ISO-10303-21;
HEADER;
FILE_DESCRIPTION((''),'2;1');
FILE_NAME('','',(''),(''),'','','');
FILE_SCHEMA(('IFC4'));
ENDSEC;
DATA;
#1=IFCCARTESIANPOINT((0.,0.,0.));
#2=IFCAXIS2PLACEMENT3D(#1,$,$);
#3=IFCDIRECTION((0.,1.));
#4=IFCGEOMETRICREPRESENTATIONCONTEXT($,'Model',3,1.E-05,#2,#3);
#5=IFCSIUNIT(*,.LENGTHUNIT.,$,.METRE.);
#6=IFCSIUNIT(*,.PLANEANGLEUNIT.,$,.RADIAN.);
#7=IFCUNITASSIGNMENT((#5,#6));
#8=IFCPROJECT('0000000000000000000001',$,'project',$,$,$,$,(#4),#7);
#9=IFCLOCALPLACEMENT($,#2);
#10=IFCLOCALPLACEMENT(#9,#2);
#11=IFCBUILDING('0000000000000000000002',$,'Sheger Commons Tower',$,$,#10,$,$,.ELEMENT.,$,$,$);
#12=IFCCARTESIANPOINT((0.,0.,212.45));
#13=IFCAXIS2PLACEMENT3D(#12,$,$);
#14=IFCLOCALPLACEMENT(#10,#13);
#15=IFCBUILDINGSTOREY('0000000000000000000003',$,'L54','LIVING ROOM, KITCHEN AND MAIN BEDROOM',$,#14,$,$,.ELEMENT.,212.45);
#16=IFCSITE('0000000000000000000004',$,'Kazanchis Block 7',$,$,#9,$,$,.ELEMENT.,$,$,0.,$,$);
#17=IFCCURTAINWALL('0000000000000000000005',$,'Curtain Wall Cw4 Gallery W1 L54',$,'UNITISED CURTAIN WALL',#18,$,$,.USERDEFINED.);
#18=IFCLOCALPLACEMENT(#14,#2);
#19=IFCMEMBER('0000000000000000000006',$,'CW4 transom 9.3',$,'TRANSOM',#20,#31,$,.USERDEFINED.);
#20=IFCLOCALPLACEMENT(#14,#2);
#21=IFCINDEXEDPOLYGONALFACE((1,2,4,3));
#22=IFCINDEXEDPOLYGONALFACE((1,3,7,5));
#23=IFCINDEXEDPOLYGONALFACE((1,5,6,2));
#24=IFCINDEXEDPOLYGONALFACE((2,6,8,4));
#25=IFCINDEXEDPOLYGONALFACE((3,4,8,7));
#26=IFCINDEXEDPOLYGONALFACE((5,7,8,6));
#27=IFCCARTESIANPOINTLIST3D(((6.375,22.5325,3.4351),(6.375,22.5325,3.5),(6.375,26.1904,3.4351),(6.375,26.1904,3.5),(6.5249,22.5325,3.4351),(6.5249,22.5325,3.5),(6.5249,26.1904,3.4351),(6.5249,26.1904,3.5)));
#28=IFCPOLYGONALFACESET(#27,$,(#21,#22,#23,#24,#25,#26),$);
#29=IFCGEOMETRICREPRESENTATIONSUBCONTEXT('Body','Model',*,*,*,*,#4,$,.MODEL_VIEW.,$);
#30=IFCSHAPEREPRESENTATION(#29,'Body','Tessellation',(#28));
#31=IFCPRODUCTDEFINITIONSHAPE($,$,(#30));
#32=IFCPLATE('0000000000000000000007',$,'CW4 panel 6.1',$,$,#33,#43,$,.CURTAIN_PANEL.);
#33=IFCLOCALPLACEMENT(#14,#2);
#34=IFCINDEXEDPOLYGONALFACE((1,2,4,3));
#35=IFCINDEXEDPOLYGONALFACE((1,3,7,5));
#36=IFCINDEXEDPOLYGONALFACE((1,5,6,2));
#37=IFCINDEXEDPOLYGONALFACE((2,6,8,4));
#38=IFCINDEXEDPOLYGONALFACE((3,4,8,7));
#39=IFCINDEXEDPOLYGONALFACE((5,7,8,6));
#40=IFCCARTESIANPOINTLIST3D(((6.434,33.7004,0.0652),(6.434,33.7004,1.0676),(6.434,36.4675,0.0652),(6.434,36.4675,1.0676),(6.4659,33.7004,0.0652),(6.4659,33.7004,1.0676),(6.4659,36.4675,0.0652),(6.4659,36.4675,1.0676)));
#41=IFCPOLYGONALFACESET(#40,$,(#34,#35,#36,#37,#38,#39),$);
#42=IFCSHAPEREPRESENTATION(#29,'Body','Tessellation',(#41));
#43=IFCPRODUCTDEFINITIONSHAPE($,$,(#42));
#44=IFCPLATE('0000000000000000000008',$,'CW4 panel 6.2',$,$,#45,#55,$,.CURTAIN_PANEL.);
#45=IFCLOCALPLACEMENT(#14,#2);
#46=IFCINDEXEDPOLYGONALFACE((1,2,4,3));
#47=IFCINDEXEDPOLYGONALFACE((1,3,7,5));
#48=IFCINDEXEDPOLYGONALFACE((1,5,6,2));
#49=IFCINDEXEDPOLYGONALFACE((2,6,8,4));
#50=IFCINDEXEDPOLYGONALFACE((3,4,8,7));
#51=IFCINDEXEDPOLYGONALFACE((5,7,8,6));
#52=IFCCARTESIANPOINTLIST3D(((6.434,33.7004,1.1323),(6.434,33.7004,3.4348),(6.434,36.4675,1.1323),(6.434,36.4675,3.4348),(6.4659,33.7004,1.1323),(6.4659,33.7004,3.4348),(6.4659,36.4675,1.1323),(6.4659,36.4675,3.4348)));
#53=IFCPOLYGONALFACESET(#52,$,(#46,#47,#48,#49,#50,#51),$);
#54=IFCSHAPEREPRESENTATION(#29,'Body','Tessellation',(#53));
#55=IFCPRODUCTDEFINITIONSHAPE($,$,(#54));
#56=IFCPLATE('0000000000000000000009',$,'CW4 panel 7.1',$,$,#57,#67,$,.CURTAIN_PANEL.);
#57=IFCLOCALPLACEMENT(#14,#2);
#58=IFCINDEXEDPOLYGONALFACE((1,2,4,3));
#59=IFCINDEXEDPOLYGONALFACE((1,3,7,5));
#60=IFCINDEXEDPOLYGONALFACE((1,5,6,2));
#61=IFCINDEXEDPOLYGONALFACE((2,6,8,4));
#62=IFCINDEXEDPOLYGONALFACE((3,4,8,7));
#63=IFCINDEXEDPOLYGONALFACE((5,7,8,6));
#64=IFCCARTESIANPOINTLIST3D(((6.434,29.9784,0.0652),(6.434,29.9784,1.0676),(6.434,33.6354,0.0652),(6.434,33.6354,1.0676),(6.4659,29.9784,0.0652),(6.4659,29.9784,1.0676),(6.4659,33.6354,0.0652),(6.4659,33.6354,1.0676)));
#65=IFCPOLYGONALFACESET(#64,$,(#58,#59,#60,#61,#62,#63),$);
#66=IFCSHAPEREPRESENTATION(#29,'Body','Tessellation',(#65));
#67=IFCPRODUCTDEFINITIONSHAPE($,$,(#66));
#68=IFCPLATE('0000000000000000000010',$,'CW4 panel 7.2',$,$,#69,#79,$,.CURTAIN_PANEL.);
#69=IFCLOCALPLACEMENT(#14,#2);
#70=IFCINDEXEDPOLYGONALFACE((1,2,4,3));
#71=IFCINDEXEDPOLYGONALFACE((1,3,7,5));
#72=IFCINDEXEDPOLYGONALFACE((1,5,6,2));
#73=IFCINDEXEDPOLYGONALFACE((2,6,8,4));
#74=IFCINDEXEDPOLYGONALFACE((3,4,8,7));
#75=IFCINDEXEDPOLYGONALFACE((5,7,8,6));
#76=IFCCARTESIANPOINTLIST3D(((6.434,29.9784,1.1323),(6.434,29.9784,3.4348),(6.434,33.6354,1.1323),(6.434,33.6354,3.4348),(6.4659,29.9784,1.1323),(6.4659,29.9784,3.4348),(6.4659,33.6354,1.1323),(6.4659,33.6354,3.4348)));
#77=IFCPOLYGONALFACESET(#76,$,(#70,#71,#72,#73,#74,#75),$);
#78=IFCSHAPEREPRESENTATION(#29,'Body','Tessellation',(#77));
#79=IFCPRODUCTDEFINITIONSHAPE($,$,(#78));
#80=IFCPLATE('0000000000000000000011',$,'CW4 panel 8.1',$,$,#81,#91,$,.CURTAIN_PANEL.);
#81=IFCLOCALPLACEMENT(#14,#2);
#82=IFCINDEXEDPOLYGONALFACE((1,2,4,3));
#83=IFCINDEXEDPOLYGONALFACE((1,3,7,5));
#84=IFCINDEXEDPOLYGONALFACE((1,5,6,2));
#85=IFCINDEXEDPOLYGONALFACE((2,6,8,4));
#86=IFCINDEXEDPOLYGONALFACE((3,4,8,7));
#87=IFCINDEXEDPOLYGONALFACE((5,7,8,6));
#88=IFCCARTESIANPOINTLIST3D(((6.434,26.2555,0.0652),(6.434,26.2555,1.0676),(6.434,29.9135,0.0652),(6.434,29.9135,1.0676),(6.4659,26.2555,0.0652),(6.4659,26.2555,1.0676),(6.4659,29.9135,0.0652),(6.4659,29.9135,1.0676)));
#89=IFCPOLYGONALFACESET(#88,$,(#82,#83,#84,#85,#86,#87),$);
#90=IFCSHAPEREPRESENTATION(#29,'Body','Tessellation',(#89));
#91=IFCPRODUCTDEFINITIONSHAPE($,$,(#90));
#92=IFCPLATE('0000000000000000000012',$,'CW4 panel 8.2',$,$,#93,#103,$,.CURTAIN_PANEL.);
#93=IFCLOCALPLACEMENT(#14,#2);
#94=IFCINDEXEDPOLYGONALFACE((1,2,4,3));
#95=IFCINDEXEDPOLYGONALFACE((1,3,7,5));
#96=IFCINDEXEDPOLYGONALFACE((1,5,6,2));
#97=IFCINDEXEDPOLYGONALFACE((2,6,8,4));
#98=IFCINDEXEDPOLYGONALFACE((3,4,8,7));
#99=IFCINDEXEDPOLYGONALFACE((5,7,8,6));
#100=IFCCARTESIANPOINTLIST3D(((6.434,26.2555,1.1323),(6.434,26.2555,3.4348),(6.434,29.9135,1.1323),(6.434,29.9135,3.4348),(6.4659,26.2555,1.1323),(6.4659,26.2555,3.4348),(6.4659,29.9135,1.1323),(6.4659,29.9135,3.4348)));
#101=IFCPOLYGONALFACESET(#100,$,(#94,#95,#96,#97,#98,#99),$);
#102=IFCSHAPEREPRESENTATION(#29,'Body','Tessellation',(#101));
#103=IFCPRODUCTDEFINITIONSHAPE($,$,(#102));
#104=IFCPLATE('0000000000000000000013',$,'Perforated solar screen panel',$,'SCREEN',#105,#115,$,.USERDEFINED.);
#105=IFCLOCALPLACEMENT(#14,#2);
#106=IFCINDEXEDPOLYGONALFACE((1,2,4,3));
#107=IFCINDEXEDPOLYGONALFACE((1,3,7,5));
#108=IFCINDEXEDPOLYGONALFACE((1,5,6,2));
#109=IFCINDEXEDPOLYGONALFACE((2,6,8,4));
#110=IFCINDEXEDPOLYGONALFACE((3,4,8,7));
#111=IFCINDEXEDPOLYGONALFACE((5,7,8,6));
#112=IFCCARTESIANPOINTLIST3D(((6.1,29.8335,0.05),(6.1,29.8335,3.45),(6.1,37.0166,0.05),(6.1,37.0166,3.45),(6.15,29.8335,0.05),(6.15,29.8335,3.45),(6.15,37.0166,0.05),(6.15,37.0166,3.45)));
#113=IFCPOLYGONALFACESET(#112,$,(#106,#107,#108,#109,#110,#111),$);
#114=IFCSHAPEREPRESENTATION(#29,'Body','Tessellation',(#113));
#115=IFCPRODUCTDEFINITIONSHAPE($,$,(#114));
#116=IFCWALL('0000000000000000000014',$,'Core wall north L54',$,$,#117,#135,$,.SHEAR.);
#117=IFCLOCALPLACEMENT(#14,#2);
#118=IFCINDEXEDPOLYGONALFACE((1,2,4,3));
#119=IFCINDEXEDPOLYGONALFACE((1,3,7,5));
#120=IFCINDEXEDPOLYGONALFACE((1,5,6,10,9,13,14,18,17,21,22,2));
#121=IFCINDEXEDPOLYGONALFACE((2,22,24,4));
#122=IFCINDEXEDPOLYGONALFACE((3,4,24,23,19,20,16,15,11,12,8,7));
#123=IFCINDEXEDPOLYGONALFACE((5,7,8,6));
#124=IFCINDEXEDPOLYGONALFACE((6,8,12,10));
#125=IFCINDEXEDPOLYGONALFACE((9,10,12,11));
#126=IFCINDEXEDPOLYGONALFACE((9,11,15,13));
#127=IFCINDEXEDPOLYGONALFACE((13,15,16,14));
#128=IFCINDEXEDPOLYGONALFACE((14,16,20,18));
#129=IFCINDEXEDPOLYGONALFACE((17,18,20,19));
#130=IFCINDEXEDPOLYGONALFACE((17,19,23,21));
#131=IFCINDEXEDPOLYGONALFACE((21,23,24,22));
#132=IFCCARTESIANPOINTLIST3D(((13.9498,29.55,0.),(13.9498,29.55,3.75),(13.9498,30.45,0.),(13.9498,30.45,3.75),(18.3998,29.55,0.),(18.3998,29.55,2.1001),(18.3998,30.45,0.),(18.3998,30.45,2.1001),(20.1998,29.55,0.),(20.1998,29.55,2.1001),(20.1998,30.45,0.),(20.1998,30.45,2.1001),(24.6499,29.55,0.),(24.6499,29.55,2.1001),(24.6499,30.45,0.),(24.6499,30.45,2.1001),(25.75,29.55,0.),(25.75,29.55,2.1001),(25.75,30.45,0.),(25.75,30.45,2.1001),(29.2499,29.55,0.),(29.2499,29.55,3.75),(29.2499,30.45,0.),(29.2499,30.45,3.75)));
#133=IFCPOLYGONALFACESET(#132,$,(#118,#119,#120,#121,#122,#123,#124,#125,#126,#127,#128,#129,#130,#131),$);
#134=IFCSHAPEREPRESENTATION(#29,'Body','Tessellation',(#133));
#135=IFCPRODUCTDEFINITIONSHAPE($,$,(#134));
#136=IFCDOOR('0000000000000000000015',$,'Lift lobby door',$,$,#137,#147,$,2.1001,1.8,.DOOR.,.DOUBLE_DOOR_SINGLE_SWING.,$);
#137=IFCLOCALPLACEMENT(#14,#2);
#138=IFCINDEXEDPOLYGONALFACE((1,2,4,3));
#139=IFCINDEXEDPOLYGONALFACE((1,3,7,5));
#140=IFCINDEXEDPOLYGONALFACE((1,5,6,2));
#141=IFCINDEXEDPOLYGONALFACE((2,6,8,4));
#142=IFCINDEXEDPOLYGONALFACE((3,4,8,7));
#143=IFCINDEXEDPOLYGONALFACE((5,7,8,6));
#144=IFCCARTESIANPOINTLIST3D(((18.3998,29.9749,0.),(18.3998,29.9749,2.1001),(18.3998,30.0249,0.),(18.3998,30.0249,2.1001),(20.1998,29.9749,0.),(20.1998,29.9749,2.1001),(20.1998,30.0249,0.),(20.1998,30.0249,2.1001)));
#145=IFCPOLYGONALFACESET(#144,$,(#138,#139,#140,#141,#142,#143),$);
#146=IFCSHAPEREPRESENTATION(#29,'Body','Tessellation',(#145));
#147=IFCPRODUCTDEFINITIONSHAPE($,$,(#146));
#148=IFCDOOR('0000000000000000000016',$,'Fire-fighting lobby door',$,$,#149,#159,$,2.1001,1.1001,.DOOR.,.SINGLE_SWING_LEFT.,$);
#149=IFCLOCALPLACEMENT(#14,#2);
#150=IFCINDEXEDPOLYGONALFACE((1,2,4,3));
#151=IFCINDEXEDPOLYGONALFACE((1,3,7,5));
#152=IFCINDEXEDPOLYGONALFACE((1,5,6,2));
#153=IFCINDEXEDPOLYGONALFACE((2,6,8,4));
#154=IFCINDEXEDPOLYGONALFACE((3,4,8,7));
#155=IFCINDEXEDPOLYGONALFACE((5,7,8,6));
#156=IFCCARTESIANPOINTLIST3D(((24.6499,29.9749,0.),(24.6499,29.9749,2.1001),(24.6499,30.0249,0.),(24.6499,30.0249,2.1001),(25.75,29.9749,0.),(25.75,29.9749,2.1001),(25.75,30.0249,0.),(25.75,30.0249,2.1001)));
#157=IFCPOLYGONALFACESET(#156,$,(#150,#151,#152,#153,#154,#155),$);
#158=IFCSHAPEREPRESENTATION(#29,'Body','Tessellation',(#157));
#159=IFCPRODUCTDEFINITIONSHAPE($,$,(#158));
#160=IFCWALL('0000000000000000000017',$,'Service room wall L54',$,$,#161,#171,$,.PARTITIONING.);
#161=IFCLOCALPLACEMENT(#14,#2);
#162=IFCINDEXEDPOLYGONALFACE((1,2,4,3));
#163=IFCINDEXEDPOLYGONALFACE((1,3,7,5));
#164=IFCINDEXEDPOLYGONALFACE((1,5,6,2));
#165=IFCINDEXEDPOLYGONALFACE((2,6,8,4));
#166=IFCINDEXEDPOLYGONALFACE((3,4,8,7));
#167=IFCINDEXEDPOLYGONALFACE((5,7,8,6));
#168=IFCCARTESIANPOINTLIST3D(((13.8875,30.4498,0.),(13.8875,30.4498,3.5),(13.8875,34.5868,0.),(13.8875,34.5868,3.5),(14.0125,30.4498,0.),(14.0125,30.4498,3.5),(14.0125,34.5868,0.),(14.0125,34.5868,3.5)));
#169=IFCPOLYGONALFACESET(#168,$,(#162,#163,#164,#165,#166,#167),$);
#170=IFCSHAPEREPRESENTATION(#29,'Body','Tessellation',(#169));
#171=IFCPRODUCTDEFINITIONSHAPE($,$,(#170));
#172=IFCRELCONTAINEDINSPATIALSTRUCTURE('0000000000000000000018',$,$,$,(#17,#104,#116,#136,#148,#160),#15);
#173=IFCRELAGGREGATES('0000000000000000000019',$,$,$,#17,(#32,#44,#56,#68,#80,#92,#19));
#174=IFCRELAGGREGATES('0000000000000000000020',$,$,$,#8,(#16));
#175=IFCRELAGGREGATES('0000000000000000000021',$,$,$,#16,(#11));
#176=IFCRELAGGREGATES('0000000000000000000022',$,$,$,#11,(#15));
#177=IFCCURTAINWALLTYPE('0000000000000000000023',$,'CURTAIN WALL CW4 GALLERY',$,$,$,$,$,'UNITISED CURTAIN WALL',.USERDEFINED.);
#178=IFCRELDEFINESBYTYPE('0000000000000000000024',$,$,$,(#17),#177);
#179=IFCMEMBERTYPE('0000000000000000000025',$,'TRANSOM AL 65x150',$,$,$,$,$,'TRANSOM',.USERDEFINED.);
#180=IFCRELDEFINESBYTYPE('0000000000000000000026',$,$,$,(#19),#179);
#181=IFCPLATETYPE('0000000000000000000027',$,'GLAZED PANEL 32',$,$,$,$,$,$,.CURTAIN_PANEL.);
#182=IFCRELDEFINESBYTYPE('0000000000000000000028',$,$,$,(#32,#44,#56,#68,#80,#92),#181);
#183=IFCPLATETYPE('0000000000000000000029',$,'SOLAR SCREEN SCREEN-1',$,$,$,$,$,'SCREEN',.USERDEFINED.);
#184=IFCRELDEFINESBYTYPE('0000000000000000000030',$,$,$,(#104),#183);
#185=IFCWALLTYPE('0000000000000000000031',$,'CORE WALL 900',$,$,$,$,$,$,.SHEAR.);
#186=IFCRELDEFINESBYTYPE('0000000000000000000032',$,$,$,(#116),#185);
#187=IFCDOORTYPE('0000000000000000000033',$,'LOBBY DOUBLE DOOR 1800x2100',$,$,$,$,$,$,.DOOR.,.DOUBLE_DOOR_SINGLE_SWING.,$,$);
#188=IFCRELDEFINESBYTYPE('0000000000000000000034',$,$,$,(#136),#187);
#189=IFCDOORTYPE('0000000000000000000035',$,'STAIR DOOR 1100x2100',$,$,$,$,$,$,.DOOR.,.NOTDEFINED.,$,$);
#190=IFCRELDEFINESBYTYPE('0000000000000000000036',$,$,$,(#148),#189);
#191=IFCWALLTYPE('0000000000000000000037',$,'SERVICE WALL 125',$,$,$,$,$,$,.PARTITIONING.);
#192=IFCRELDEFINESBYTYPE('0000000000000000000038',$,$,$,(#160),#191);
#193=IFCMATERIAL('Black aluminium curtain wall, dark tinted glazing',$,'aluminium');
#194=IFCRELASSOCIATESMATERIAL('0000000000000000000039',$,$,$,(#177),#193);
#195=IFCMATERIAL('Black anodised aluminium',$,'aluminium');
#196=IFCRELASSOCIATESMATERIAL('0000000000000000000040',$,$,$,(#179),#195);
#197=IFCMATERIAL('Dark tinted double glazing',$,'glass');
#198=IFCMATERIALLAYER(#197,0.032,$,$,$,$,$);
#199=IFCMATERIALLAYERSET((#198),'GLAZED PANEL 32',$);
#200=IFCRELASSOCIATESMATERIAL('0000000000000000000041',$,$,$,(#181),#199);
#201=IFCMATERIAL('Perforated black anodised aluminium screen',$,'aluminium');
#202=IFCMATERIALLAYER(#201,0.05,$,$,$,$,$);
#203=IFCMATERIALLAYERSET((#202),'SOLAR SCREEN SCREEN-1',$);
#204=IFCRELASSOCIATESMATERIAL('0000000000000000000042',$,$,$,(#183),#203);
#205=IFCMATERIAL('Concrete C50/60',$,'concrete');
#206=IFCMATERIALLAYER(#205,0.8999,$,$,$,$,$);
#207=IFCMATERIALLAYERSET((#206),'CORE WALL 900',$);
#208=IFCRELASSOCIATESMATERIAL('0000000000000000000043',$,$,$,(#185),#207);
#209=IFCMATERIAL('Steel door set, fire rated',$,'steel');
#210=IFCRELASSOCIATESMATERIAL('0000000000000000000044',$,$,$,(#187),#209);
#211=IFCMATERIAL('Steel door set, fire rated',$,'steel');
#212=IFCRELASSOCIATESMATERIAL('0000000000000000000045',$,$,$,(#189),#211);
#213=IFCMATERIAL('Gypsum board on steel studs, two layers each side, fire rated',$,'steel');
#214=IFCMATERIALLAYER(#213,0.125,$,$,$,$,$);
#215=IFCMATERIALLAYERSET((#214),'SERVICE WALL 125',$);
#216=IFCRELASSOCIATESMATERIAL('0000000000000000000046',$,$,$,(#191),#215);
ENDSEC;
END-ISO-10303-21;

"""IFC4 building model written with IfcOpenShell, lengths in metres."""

from ifc_helpers import new_model, si_unit, direction, frame, frame_2d, origin, origin_2d, place, context, subcontext, project, spatial, rectangle, extrude, material, layer, layer_set, material_profile, profile_set, type_object, element, fill, aggregate, save


model = new_model("IFC4")

# Units and contexts
model_context = context("Model", 3, precision=1e-05, world=origin(), true_north=direction((0.0, 1.0)))
body_context = subcontext(model_context, "Body", "Model", "MODEL_VIEW")
ifc_project = project(units=[si_unit("LENGTHUNIT", "METRE"), si_unit("PLANEANGLEUNIT", "RADIAN")], contexts=[model_context])

# Site, building, storey
site_placement = place(None, origin())
site = spatial("IfcSite", under=ifc_project, at=site_placement, Name="Kazanchis Block 7", CompositionType="ELEMENT", RefElevation=0.0)
building_placement = place(site_placement, origin())
building = spatial("IfcBuilding", under=site, at=building_placement, Name="Sheger Commons Tower", CompositionType="ELEMENT")
storey_placement = place(building_placement, frame((0.0, 0.0, 212.45)))
storey = spatial("IfcBuildingStorey", under=building, at=storey_placement, Name="L54", Description="LIVING ROOM, KITCHEN AND MAIN BEDROOM", CompositionType="ELEMENT", Elevation=212.45)

# Curtain wall
ifc_material_1 = material(Name="Black aluminium curtain wall, dark tinted glazing", Category="aluminium")
curtain_wall_type = type_object("IfcCurtainWallType", Name="CURTAIN WALL CW4 GALLERY", ElementType="UNITISED CURTAIN WALL", PredefinedType="USERDEFINED", material=ifc_material_1)
curtain_wall_placement = place(storey_placement, origin())
curtain_wall = element("IfcCurtainWall", 1, at=curtain_wall_placement, inside=storey, type_object=curtain_wall_type, Name="Curtain Wall Cw4 Gallery W1 L54", ObjectType="UNITISED CURTAIN WALL", PredefinedType="USERDEFINED")

# Member
ifc_material_2 = material(Name="Black anodised aluminium", Category="aluminium")
ifc_material_profile_1 = material_profile(ifc_material_2, rectangle(XDim=0.1499, YDim=0.0649, at=origin_2d()), Name="AL 65x150")
ifc_profile_set_1 = profile_set([ifc_material_profile_1], Name="Black anodised aluminium")
member_type_1 = type_object("IfcMemberType", Name="TRANSOM AL 65x150", ElementType="TRANSOM", PredefinedType="USERDEFINED", material=ifc_profile_set_1)
member_1_placement = place(storey_placement, frame((6.45, 26.1904, 3.4675), z_axis=(0.0, -1.0, 0.0), x_axis=(1.0, 0.0, 0.0)))
member_1 = element("IfcMember", 2, at=member_1_placement, type_object=member_type_1, Name="CW4 transom 9.3", ObjectType="TRANSOM", PredefinedType="USERDEFINED", context=body_context, shape_type="SweptSolid", body=[
    extrude(rectangle(XDim=0.1499, YDim=0.0649, at=origin_2d()), origin(), (0.0, 0.0, 1.0), 3.658),
])

# Plates
ifc_material_3 = material(Name="Dark tinted double glazing", Category="glass")
ifc_layer_1 = layer(ifc_material_3, 0.032)
ifc_layer_set_1 = layer_set([ifc_layer_1], Name="GLAZED PANEL 32")
plate_type_1 = type_object("IfcPlateType", Name="GLAZED PANEL 32", PredefinedType="CURTAIN_PANEL", material=ifc_layer_set_1)
plate_1_placement = place(storey_placement, frame((6.45, 35.084, 0.0652), z_axis=(0.0, 0.0, 1.0), x_axis=(0.0, -1.0, 0.0)))
plate_1 = element("IfcPlate", 3, at=plate_1_placement, type_object=plate_type_1, Name="CW4 panel 6.1", PredefinedType="CURTAIN_PANEL", context=body_context, shape_type="SweptSolid", body=[
    extrude(rectangle(XDim=2.7671, YDim=0.032, at=origin_2d()), origin(), (0.0, 0.0, 1.0), 1.0024),
])
plate_2_placement = place(storey_placement, frame((6.45, 35.084, 1.1323), z_axis=(0.0, 0.0, 1.0), x_axis=(0.0, -1.0, 0.0)))
plate_2 = element("IfcPlate", 4, at=plate_2_placement, type_object=plate_type_1, Name="CW4 panel 6.2", PredefinedType="CURTAIN_PANEL", context=body_context, shape_type="SweptSolid", body=[
    extrude(rectangle(XDim=2.7671, YDim=0.032, at=origin_2d()), origin(), (0.0, 0.0, 1.0), 2.3025),
])
plate_3_placement = place(storey_placement, frame((6.45, 31.8069, 0.0652), z_axis=(0.0, 0.0, 1.0), x_axis=(0.0, -1.0, 0.0)))
plate_3 = element("IfcPlate", 5, at=plate_3_placement, type_object=plate_type_1, Name="CW4 panel 7.1", PredefinedType="CURTAIN_PANEL", context=body_context, shape_type="SweptSolid", body=[
    extrude(rectangle(XDim=3.657, YDim=0.032, at=origin_2d()), origin(), (0.0, 0.0, 1.0), 1.0024),
])
plate_4_placement = place(storey_placement, frame((6.45, 31.8069, 1.1323), z_axis=(0.0, 0.0, 1.0), x_axis=(0.0, -1.0, 0.0)))
plate_4 = element("IfcPlate", 6, at=plate_4_placement, type_object=plate_type_1, Name="CW4 panel 7.2", PredefinedType="CURTAIN_PANEL", context=body_context, shape_type="SweptSolid", body=[
    extrude(rectangle(XDim=3.657, YDim=0.032, at=origin_2d()), origin(), (0.0, 0.0, 1.0), 2.3025),
])
plate_5_placement = place(storey_placement, frame((6.45, 28.0845, 0.0652), z_axis=(0.0, 0.0, 1.0), x_axis=(0.0, -1.0, 0.0)))
plate_5 = element("IfcPlate", 7, at=plate_5_placement, type_object=plate_type_1, Name="CW4 panel 8.1", PredefinedType="CURTAIN_PANEL", context=body_context, shape_type="SweptSolid", body=[
    extrude(rectangle(XDim=3.658, YDim=0.032, at=origin_2d()), origin(), (0.0, 0.0, 1.0), 1.0024),
])
plate_6_placement = place(storey_placement, frame((6.45, 28.0845, 1.1323), z_axis=(0.0, 0.0, 1.0), x_axis=(0.0, -1.0, 0.0)))
plate_6 = element("IfcPlate", 8, at=plate_6_placement, type_object=plate_type_1, Name="CW4 panel 8.2", PredefinedType="CURTAIN_PANEL", context=body_context, shape_type="SweptSolid", body=[
    extrude(rectangle(XDim=3.658, YDim=0.032, at=origin_2d()), origin(), (0.0, 0.0, 1.0), 2.3025),
])
aggregate(curtain_wall, [plate_1, plate_2, plate_3, plate_4, plate_5, plate_6, member_1])
ifc_material_4 = material(Name="Perforated black anodised aluminium screen", Category="aluminium")
ifc_layer_2 = layer(ifc_material_4, 0.05)
ifc_layer_set_2 = layer_set([ifc_layer_2], Name="SOLAR SCREEN SCREEN-1")
plate_type_2 = type_object("IfcPlateType", Name="SOLAR SCREEN SCREEN-1", ElementType="SCREEN", PredefinedType="USERDEFINED", material=ifc_layer_set_2)
plate_7_placement = place(storey_placement, frame((6.125, 33.425, 0.05), z_axis=(0.0, 0.0, 1.0), x_axis=(0.0, -1.0, 0.0)))
element("IfcPlate", 9, at=plate_7_placement, inside=storey, type_object=plate_type_2, Name="Perforated solar screen panel", ObjectType="SCREEN", PredefinedType="USERDEFINED", context=body_context, shape_type="SweptSolid", body=[
    extrude(rectangle(XDim=7.1831, YDim=0.05, at=origin_2d()), origin(), (0.0, 0.0, 1.0), 3.3999),
])

# Wall, openings, doors
ifc_material_5 = material(Name="Concrete C50/60", Category="concrete")
ifc_layer_3 = layer(ifc_material_5, 0.8999)
ifc_layer_set_3 = layer_set([ifc_layer_3], Name="CORE WALL 900")
wall_type_1 = type_object("IfcWallType", Name="CORE WALL 900", PredefinedType="SHEAR", material=ifc_layer_set_3)
wall_1_placement = place(storey_placement, frame((13.95, 30.0, 0.0), z_axis=(0.0, 0.0, 1.0), x_axis=(1.0, 0.0, 0.0)))
wall_1 = element("IfcWall", 10, at=wall_1_placement, inside=storey, type_object=wall_type_1, Name="Core wall north L54", PredefinedType="SHEAR", context=body_context, shape_type="SweptSolid", body=[
    extrude(rectangle(XDim=15.3, YDim=0.8999, at=frame_2d((7.6499, 0.0))), origin(), (0.0, 0.0, 1.0), 3.75),
])
opening_1_placement = place(wall_1_placement, frame((4.45, 0.0, 0.0)))
opening_1 = element("IfcOpeningElement", 11, at=opening_1_placement, cuts=wall_1, PredefinedType="OPENING", context=body_context, shape_type="SweptSolid", body=[
    extrude(rectangle(XDim=1.8, YDim=2.1001, at=frame_2d((0.8999, 1.05))), frame((0.0, 0.46, 0.0), z_axis=(0.0, -1.0, 0.0), x_axis=(1.0, 0.0, 0.0)), (0.0, 0.0, 1.0), 0.9199),
])
opening_2_placement = place(wall_1_placement, frame((10.7, 0.0, 0.0)))
opening_2 = element("IfcOpeningElement", 12, at=opening_2_placement, cuts=wall_1, PredefinedType="OPENING", context=body_context, shape_type="SweptSolid", body=[
    extrude(rectangle(XDim=1.1001, YDim=2.1001, at=frame_2d((0.55, 1.05))), frame((0.0, 0.46, 0.0), z_axis=(0.0, -1.0, 0.0), x_axis=(1.0, 0.0, 0.0)), (0.0, 0.0, 1.0), 0.9199),
])
ifc_material_6 = material(Name="Steel door set, fire rated", Category="steel")
door_type_1 = type_object("IfcDoorType", Name="LOBBY DOUBLE DOOR 1800x2100", OperationType="DOUBLE_DOOR_SINGLE_SWING", PredefinedType="DOOR", material=ifc_material_6)
door_1_placement = place(opening_1_placement, origin())
door_1 = element("IfcDoor", 13, at=door_1_placement, inside=storey, type_object=door_type_1, Name="Lift lobby door", OperationType="DOUBLE_DOOR_SINGLE_SWING", OverallHeight=2.1001, OverallWidth=1.8, PredefinedType="DOOR", context=body_context, shape_type="SweptSolid", body=[
    extrude(rectangle(XDim=1.8, YDim=2.1001, at=frame_2d((0.8999, 1.05))), frame((0.0, 0.0249, 0.0), z_axis=(0.0, -1.0, 0.0), x_axis=(1.0, 0.0, 0.0)), (0.0, 0.0, 1.0), 0.05),
])
fill(opening_1, door_1)
ifc_material_7 = material(Name="Steel door set, fire rated", Category="steel")
door_type_2 = type_object("IfcDoorType", Name="STAIR DOOR 1100x2100", OperationType="NOTDEFINED", PredefinedType="DOOR", material=ifc_material_7)
door_2_placement = place(opening_2_placement, origin())
door_2 = element("IfcDoor", 14, at=door_2_placement, inside=storey, type_object=door_type_2, Name="Fire-fighting lobby door", OperationType="SINGLE_SWING_LEFT", OverallHeight=2.1001, OverallWidth=1.1001, PredefinedType="DOOR", context=body_context, shape_type="SweptSolid", body=[
    extrude(rectangle(XDim=1.1001, YDim=2.1001, at=frame_2d((0.55, 1.05))), frame((0.0, 0.0249, 0.0), z_axis=(0.0, -1.0, 0.0), x_axis=(1.0, 0.0, 0.0)), (0.0, 0.0, 1.0), 0.05),
])
fill(opening_2, door_2)

# Wall
ifc_material_8 = material(Name="Gypsum board on steel studs, two layers each side, fire rated", Category="steel")
ifc_layer_4 = layer(ifc_material_8, 0.125)
ifc_layer_set_4 = layer_set([ifc_layer_4], Name="SERVICE WALL 125")
wall_type_2 = type_object("IfcWallType", Name="SERVICE WALL 125", PredefinedType="PARTITIONING", material=ifc_layer_set_4)
wall_2_placement = place(storey_placement, frame((13.95, 30.45, 0.0), z_axis=(0.0, 0.0, 1.0), x_axis=(0.0, 1.0, 0.0)))
element("IfcWall", 15, at=wall_2_placement, inside=storey, type_object=wall_type_2, Name="Service room wall L54", PredefinedType="PARTITIONING", context=body_context, shape_type="SweptSolid", body=[
    extrude(rectangle(XDim=4.137, YDim=0.125, at=frame_2d((2.0684, 0.0))), origin(), (0.0, 0.0, 1.0), 3.5),
])

save(model, "model.ifc")
